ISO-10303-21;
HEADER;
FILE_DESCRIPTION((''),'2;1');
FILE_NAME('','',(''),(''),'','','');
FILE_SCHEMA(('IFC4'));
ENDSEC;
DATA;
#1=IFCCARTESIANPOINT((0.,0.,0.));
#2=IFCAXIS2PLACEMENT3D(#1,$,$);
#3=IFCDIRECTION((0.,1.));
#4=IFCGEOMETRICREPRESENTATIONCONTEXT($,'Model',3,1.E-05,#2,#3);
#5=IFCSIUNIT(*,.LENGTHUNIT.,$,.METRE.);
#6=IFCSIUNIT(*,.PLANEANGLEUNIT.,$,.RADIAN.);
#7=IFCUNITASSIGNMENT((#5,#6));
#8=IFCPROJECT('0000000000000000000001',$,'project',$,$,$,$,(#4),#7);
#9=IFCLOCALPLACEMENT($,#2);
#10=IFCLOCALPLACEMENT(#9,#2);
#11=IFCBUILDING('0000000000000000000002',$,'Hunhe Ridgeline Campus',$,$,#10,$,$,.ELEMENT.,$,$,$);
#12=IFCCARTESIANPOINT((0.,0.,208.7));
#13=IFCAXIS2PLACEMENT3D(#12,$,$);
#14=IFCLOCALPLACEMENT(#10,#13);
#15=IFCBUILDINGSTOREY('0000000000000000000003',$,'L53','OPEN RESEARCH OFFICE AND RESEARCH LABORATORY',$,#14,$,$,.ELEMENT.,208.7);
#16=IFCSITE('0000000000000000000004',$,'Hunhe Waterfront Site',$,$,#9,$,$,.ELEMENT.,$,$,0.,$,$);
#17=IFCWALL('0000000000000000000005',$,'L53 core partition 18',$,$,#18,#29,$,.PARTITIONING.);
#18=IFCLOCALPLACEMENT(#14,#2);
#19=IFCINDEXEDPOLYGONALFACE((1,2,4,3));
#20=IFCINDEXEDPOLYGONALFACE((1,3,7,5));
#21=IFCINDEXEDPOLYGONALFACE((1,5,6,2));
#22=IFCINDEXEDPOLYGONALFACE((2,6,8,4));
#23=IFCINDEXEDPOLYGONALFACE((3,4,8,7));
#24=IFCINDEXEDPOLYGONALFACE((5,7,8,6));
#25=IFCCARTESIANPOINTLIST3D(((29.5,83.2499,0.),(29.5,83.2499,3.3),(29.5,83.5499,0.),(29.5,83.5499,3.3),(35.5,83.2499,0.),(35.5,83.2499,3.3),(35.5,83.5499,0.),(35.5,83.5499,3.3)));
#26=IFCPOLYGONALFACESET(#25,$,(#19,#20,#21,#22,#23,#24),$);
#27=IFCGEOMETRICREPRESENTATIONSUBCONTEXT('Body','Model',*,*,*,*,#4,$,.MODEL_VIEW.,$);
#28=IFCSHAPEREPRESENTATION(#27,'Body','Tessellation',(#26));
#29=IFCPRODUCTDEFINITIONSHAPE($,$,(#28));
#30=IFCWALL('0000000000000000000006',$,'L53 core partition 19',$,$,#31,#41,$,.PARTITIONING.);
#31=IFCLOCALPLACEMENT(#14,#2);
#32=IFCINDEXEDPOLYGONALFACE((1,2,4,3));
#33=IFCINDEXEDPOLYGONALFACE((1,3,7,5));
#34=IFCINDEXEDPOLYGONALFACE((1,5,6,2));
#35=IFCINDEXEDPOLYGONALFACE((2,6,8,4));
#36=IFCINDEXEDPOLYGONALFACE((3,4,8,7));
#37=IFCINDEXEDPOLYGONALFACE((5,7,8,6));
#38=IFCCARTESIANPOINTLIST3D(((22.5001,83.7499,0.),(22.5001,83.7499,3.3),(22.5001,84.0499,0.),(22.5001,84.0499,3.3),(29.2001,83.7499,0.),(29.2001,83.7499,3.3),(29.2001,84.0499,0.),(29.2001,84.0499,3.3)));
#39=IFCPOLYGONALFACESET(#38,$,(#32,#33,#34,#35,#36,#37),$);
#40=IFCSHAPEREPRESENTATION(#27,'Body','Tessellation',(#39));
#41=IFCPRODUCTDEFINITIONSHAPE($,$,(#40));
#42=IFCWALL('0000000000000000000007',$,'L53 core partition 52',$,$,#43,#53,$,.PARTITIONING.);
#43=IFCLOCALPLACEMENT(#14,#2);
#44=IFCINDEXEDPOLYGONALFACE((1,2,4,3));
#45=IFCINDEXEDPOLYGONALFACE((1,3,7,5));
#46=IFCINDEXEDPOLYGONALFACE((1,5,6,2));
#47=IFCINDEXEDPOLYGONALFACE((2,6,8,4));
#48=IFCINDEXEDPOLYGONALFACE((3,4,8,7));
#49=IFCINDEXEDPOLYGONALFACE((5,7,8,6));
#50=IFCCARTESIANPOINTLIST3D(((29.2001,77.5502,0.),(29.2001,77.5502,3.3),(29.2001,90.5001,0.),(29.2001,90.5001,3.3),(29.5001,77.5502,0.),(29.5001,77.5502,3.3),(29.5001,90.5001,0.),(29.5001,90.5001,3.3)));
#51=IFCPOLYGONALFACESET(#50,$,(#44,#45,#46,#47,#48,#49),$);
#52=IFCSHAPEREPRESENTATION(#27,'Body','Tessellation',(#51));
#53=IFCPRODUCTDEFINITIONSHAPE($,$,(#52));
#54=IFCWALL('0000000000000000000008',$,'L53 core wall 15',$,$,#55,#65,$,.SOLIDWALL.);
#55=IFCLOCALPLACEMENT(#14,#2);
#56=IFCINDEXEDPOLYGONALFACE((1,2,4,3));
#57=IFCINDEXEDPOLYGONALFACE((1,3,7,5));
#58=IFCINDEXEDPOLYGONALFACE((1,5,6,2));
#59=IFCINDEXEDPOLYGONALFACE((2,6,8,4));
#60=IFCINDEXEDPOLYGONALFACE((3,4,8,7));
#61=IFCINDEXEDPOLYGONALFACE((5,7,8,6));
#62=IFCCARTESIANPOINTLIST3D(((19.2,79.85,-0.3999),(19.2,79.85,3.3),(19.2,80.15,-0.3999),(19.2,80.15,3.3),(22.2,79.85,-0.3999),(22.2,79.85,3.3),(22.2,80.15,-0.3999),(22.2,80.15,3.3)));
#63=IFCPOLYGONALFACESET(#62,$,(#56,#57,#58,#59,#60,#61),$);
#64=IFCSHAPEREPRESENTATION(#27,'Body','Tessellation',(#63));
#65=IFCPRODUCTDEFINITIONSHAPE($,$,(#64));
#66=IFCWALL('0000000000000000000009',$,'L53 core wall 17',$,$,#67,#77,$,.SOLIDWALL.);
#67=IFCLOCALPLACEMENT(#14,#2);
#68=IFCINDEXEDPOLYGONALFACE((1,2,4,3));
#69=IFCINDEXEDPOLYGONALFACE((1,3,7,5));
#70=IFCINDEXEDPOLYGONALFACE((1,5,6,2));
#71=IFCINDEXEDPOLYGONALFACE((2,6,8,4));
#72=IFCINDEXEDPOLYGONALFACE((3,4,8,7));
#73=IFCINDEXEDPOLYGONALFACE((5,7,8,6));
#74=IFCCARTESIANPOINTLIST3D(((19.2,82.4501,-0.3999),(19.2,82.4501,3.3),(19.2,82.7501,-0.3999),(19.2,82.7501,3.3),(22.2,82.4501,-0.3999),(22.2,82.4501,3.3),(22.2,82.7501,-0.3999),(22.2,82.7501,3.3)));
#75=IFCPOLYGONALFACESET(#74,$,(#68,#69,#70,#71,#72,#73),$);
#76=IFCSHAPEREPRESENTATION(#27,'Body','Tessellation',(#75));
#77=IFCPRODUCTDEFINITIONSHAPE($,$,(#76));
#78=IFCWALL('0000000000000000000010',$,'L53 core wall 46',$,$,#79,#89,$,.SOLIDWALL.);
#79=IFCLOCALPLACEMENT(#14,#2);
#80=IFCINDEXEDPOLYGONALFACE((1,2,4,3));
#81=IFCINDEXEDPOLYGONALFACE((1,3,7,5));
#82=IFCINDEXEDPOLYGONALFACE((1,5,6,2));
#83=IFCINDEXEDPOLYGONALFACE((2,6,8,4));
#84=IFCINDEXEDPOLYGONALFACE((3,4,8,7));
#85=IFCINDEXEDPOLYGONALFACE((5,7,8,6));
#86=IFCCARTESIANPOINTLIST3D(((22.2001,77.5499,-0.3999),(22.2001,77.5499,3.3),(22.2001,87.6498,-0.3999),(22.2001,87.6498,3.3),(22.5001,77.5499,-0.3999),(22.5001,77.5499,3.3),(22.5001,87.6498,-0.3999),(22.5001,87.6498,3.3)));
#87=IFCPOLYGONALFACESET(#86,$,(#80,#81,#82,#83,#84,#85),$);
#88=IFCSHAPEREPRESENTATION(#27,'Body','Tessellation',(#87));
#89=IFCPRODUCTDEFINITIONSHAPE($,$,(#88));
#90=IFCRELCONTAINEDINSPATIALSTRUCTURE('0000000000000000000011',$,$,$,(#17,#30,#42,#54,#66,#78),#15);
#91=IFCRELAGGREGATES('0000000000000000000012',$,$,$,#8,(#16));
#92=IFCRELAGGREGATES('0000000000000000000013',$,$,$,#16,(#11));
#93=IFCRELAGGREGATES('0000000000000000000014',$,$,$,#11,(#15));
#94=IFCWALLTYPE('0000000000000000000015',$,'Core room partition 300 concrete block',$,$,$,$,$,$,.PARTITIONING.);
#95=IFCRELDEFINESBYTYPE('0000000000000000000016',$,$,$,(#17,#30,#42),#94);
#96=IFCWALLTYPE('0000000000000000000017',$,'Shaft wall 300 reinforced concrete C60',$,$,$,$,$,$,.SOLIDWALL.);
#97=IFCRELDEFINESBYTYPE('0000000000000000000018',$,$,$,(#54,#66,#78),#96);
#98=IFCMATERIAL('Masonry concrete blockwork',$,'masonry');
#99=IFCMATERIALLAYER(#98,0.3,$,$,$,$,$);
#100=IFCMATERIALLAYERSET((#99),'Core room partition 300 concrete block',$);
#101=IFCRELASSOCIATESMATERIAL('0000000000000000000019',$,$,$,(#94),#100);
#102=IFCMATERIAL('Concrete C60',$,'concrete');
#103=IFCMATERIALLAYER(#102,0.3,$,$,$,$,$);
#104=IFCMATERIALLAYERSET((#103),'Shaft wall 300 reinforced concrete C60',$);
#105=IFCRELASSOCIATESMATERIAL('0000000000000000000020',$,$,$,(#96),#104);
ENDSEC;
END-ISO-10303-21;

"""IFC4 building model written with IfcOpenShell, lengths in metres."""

from ifc_helpers import new_model, si_unit, direction, frame, frame_2d, origin, place, context, subcontext, project, spatial, rectangle, extrude, material, layer, layer_set, type_object, element, save


model = new_model("IFC4")

# Units and contexts
model_context = context("Model", 3, precision=1e-05, world=origin(), true_north=direction((0.0, 1.0)))
body_context = subcontext(model_context, "Body", "Model", "MODEL_VIEW")
ifc_project = project(units=[si_unit("LENGTHUNIT", "METRE"), si_unit("PLANEANGLEUNIT", "RADIAN")], contexts=[model_context])

# Site, building, storey
site_placement = place(None, origin())
site = spatial("IfcSite", under=ifc_project, at=site_placement, Name="Hunhe Waterfront Site", CompositionType="ELEMENT", RefElevation=0.0)
building_placement = place(site_placement, origin())
building = spatial("IfcBuilding", under=site, at=building_placement, Name="Hunhe Ridgeline Campus", CompositionType="ELEMENT")
storey_placement = place(building_placement, frame((0.0, 0.0, 208.7)))
storey = spatial("IfcBuildingStorey", under=building, at=storey_placement, Name="L53", Description="OPEN RESEARCH OFFICE AND RESEARCH LABORATORY", CompositionType="ELEMENT", Elevation=208.7)

# Shared definitions
ifc_material_1 = material(Name="Masonry concrete blockwork", Category="masonry")
ifc_layer_1 = layer(ifc_material_1, 0.3)
ifc_layer_set_1 = layer_set([ifc_layer_1], Name="Core room partition 300 concrete block")
wall_type_1 = type_object("IfcWallType", Name="Core room partition 300 concrete block", PredefinedType="PARTITIONING", material=ifc_layer_set_1)

# Walls
wall_1_placement = place(storey_placement, frame((29.5, 83.3999, 0.0), z_axis=(0.0, 0.0, 1.0), x_axis=(1.0, 0.0, 0.0)))
element("IfcWall", 1, at=wall_1_placement, inside=storey, type_object=wall_type_1, Name="L53 core partition 18", PredefinedType="PARTITIONING", context=body_context, shape_type="SweptSolid", body=[
    extrude(rectangle(XDim=6.0, YDim=0.3, at=frame_2d((3.0, 0.0))), origin(), (0.0, 0.0, 1.0), 3.3),
])
wall_2_placement = place(storey_placement, frame((22.5, 83.8999, 0.0), z_axis=(0.0, 0.0, 1.0), x_axis=(1.0, 0.0, 0.0)))
element("IfcWall", 2, at=wall_2_placement, inside=storey, type_object=wall_type_1, Name="L53 core partition 19", PredefinedType="PARTITIONING", context=body_context, shape_type="SweptSolid", body=[
    extrude(rectangle(XDim=6.7, YDim=0.3, at=frame_2d((3.3501, 0.0))), origin(), (0.0, 0.0, 1.0), 3.3),
])
wall_3_placement = place(storey_placement, frame((29.3501, 77.55, 0.0), z_axis=(0.0, 0.0, 1.0), x_axis=(0.0, 1.0, 0.0)))
element("IfcWall", 3, at=wall_3_placement, inside=storey, type_object=wall_type_1, Name="L53 core partition 52", PredefinedType="PARTITIONING", context=body_context, shape_type="SweptSolid", body=[
    extrude(rectangle(XDim=12.95, YDim=0.3, at=frame_2d((6.4751, 0.0))), origin(), (0.0, 0.0, 1.0), 3.3),
])
ifc_material_2 = material(Name="Concrete C60", Category="concrete")
ifc_layer_2 = layer(ifc_material_2, 0.3)
ifc_layer_set_2 = layer_set([ifc_layer_2], Name="Shaft wall 300 reinforced concrete C60")
wall_type_2 = type_object("IfcWallType", Name="Shaft wall 300 reinforced concrete C60", PredefinedType="SOLIDWALL", material=ifc_layer_set_2)
for number, where, z_axis, x_axis, name in (
    (4, (19.2, 80.0, -0.3999), (0.0, 0.0, 1.0), (1.0, 0.0, 0.0), "L53 core wall 15"),
    (5, (19.2, 82.6001, -0.3999), (0.0, 0.0, 1.0), (1.0, 0.0, 0.0), "L53 core wall 17"),
):
    element("IfcWall", number, at=place(storey_placement, frame(where, z_axis=z_axis, x_axis=x_axis)), inside=storey, type_object=wall_type_2, Name=name, PredefinedType="SOLIDWALL", context=body_context, shape_type="SweptSolid", body=[
        extrude(rectangle(XDim=3.0, YDim=0.3, at=frame_2d((1.5, 0.0))), origin(), (0.0, 0.0, 1.0), 3.7),
    ])

# Wall
wall_4_placement = place(storey_placement, frame((22.3501, 77.55, -0.3999), z_axis=(0.0, 0.0, 1.0), x_axis=(0.0, 1.0, 0.0)))
element("IfcWall", 6, at=wall_4_placement, inside=storey, type_object=wall_type_2, Name="L53 core wall 46", PredefinedType="SOLIDWALL", context=body_context, shape_type="SweptSolid", body=[
    extrude(rectangle(XDim=10.0999, YDim=0.3, at=frame_2d((5.0498, 0.0))), origin(), (0.0, 0.0, 1.0), 3.7),
])

save(model, "model.ifc")
